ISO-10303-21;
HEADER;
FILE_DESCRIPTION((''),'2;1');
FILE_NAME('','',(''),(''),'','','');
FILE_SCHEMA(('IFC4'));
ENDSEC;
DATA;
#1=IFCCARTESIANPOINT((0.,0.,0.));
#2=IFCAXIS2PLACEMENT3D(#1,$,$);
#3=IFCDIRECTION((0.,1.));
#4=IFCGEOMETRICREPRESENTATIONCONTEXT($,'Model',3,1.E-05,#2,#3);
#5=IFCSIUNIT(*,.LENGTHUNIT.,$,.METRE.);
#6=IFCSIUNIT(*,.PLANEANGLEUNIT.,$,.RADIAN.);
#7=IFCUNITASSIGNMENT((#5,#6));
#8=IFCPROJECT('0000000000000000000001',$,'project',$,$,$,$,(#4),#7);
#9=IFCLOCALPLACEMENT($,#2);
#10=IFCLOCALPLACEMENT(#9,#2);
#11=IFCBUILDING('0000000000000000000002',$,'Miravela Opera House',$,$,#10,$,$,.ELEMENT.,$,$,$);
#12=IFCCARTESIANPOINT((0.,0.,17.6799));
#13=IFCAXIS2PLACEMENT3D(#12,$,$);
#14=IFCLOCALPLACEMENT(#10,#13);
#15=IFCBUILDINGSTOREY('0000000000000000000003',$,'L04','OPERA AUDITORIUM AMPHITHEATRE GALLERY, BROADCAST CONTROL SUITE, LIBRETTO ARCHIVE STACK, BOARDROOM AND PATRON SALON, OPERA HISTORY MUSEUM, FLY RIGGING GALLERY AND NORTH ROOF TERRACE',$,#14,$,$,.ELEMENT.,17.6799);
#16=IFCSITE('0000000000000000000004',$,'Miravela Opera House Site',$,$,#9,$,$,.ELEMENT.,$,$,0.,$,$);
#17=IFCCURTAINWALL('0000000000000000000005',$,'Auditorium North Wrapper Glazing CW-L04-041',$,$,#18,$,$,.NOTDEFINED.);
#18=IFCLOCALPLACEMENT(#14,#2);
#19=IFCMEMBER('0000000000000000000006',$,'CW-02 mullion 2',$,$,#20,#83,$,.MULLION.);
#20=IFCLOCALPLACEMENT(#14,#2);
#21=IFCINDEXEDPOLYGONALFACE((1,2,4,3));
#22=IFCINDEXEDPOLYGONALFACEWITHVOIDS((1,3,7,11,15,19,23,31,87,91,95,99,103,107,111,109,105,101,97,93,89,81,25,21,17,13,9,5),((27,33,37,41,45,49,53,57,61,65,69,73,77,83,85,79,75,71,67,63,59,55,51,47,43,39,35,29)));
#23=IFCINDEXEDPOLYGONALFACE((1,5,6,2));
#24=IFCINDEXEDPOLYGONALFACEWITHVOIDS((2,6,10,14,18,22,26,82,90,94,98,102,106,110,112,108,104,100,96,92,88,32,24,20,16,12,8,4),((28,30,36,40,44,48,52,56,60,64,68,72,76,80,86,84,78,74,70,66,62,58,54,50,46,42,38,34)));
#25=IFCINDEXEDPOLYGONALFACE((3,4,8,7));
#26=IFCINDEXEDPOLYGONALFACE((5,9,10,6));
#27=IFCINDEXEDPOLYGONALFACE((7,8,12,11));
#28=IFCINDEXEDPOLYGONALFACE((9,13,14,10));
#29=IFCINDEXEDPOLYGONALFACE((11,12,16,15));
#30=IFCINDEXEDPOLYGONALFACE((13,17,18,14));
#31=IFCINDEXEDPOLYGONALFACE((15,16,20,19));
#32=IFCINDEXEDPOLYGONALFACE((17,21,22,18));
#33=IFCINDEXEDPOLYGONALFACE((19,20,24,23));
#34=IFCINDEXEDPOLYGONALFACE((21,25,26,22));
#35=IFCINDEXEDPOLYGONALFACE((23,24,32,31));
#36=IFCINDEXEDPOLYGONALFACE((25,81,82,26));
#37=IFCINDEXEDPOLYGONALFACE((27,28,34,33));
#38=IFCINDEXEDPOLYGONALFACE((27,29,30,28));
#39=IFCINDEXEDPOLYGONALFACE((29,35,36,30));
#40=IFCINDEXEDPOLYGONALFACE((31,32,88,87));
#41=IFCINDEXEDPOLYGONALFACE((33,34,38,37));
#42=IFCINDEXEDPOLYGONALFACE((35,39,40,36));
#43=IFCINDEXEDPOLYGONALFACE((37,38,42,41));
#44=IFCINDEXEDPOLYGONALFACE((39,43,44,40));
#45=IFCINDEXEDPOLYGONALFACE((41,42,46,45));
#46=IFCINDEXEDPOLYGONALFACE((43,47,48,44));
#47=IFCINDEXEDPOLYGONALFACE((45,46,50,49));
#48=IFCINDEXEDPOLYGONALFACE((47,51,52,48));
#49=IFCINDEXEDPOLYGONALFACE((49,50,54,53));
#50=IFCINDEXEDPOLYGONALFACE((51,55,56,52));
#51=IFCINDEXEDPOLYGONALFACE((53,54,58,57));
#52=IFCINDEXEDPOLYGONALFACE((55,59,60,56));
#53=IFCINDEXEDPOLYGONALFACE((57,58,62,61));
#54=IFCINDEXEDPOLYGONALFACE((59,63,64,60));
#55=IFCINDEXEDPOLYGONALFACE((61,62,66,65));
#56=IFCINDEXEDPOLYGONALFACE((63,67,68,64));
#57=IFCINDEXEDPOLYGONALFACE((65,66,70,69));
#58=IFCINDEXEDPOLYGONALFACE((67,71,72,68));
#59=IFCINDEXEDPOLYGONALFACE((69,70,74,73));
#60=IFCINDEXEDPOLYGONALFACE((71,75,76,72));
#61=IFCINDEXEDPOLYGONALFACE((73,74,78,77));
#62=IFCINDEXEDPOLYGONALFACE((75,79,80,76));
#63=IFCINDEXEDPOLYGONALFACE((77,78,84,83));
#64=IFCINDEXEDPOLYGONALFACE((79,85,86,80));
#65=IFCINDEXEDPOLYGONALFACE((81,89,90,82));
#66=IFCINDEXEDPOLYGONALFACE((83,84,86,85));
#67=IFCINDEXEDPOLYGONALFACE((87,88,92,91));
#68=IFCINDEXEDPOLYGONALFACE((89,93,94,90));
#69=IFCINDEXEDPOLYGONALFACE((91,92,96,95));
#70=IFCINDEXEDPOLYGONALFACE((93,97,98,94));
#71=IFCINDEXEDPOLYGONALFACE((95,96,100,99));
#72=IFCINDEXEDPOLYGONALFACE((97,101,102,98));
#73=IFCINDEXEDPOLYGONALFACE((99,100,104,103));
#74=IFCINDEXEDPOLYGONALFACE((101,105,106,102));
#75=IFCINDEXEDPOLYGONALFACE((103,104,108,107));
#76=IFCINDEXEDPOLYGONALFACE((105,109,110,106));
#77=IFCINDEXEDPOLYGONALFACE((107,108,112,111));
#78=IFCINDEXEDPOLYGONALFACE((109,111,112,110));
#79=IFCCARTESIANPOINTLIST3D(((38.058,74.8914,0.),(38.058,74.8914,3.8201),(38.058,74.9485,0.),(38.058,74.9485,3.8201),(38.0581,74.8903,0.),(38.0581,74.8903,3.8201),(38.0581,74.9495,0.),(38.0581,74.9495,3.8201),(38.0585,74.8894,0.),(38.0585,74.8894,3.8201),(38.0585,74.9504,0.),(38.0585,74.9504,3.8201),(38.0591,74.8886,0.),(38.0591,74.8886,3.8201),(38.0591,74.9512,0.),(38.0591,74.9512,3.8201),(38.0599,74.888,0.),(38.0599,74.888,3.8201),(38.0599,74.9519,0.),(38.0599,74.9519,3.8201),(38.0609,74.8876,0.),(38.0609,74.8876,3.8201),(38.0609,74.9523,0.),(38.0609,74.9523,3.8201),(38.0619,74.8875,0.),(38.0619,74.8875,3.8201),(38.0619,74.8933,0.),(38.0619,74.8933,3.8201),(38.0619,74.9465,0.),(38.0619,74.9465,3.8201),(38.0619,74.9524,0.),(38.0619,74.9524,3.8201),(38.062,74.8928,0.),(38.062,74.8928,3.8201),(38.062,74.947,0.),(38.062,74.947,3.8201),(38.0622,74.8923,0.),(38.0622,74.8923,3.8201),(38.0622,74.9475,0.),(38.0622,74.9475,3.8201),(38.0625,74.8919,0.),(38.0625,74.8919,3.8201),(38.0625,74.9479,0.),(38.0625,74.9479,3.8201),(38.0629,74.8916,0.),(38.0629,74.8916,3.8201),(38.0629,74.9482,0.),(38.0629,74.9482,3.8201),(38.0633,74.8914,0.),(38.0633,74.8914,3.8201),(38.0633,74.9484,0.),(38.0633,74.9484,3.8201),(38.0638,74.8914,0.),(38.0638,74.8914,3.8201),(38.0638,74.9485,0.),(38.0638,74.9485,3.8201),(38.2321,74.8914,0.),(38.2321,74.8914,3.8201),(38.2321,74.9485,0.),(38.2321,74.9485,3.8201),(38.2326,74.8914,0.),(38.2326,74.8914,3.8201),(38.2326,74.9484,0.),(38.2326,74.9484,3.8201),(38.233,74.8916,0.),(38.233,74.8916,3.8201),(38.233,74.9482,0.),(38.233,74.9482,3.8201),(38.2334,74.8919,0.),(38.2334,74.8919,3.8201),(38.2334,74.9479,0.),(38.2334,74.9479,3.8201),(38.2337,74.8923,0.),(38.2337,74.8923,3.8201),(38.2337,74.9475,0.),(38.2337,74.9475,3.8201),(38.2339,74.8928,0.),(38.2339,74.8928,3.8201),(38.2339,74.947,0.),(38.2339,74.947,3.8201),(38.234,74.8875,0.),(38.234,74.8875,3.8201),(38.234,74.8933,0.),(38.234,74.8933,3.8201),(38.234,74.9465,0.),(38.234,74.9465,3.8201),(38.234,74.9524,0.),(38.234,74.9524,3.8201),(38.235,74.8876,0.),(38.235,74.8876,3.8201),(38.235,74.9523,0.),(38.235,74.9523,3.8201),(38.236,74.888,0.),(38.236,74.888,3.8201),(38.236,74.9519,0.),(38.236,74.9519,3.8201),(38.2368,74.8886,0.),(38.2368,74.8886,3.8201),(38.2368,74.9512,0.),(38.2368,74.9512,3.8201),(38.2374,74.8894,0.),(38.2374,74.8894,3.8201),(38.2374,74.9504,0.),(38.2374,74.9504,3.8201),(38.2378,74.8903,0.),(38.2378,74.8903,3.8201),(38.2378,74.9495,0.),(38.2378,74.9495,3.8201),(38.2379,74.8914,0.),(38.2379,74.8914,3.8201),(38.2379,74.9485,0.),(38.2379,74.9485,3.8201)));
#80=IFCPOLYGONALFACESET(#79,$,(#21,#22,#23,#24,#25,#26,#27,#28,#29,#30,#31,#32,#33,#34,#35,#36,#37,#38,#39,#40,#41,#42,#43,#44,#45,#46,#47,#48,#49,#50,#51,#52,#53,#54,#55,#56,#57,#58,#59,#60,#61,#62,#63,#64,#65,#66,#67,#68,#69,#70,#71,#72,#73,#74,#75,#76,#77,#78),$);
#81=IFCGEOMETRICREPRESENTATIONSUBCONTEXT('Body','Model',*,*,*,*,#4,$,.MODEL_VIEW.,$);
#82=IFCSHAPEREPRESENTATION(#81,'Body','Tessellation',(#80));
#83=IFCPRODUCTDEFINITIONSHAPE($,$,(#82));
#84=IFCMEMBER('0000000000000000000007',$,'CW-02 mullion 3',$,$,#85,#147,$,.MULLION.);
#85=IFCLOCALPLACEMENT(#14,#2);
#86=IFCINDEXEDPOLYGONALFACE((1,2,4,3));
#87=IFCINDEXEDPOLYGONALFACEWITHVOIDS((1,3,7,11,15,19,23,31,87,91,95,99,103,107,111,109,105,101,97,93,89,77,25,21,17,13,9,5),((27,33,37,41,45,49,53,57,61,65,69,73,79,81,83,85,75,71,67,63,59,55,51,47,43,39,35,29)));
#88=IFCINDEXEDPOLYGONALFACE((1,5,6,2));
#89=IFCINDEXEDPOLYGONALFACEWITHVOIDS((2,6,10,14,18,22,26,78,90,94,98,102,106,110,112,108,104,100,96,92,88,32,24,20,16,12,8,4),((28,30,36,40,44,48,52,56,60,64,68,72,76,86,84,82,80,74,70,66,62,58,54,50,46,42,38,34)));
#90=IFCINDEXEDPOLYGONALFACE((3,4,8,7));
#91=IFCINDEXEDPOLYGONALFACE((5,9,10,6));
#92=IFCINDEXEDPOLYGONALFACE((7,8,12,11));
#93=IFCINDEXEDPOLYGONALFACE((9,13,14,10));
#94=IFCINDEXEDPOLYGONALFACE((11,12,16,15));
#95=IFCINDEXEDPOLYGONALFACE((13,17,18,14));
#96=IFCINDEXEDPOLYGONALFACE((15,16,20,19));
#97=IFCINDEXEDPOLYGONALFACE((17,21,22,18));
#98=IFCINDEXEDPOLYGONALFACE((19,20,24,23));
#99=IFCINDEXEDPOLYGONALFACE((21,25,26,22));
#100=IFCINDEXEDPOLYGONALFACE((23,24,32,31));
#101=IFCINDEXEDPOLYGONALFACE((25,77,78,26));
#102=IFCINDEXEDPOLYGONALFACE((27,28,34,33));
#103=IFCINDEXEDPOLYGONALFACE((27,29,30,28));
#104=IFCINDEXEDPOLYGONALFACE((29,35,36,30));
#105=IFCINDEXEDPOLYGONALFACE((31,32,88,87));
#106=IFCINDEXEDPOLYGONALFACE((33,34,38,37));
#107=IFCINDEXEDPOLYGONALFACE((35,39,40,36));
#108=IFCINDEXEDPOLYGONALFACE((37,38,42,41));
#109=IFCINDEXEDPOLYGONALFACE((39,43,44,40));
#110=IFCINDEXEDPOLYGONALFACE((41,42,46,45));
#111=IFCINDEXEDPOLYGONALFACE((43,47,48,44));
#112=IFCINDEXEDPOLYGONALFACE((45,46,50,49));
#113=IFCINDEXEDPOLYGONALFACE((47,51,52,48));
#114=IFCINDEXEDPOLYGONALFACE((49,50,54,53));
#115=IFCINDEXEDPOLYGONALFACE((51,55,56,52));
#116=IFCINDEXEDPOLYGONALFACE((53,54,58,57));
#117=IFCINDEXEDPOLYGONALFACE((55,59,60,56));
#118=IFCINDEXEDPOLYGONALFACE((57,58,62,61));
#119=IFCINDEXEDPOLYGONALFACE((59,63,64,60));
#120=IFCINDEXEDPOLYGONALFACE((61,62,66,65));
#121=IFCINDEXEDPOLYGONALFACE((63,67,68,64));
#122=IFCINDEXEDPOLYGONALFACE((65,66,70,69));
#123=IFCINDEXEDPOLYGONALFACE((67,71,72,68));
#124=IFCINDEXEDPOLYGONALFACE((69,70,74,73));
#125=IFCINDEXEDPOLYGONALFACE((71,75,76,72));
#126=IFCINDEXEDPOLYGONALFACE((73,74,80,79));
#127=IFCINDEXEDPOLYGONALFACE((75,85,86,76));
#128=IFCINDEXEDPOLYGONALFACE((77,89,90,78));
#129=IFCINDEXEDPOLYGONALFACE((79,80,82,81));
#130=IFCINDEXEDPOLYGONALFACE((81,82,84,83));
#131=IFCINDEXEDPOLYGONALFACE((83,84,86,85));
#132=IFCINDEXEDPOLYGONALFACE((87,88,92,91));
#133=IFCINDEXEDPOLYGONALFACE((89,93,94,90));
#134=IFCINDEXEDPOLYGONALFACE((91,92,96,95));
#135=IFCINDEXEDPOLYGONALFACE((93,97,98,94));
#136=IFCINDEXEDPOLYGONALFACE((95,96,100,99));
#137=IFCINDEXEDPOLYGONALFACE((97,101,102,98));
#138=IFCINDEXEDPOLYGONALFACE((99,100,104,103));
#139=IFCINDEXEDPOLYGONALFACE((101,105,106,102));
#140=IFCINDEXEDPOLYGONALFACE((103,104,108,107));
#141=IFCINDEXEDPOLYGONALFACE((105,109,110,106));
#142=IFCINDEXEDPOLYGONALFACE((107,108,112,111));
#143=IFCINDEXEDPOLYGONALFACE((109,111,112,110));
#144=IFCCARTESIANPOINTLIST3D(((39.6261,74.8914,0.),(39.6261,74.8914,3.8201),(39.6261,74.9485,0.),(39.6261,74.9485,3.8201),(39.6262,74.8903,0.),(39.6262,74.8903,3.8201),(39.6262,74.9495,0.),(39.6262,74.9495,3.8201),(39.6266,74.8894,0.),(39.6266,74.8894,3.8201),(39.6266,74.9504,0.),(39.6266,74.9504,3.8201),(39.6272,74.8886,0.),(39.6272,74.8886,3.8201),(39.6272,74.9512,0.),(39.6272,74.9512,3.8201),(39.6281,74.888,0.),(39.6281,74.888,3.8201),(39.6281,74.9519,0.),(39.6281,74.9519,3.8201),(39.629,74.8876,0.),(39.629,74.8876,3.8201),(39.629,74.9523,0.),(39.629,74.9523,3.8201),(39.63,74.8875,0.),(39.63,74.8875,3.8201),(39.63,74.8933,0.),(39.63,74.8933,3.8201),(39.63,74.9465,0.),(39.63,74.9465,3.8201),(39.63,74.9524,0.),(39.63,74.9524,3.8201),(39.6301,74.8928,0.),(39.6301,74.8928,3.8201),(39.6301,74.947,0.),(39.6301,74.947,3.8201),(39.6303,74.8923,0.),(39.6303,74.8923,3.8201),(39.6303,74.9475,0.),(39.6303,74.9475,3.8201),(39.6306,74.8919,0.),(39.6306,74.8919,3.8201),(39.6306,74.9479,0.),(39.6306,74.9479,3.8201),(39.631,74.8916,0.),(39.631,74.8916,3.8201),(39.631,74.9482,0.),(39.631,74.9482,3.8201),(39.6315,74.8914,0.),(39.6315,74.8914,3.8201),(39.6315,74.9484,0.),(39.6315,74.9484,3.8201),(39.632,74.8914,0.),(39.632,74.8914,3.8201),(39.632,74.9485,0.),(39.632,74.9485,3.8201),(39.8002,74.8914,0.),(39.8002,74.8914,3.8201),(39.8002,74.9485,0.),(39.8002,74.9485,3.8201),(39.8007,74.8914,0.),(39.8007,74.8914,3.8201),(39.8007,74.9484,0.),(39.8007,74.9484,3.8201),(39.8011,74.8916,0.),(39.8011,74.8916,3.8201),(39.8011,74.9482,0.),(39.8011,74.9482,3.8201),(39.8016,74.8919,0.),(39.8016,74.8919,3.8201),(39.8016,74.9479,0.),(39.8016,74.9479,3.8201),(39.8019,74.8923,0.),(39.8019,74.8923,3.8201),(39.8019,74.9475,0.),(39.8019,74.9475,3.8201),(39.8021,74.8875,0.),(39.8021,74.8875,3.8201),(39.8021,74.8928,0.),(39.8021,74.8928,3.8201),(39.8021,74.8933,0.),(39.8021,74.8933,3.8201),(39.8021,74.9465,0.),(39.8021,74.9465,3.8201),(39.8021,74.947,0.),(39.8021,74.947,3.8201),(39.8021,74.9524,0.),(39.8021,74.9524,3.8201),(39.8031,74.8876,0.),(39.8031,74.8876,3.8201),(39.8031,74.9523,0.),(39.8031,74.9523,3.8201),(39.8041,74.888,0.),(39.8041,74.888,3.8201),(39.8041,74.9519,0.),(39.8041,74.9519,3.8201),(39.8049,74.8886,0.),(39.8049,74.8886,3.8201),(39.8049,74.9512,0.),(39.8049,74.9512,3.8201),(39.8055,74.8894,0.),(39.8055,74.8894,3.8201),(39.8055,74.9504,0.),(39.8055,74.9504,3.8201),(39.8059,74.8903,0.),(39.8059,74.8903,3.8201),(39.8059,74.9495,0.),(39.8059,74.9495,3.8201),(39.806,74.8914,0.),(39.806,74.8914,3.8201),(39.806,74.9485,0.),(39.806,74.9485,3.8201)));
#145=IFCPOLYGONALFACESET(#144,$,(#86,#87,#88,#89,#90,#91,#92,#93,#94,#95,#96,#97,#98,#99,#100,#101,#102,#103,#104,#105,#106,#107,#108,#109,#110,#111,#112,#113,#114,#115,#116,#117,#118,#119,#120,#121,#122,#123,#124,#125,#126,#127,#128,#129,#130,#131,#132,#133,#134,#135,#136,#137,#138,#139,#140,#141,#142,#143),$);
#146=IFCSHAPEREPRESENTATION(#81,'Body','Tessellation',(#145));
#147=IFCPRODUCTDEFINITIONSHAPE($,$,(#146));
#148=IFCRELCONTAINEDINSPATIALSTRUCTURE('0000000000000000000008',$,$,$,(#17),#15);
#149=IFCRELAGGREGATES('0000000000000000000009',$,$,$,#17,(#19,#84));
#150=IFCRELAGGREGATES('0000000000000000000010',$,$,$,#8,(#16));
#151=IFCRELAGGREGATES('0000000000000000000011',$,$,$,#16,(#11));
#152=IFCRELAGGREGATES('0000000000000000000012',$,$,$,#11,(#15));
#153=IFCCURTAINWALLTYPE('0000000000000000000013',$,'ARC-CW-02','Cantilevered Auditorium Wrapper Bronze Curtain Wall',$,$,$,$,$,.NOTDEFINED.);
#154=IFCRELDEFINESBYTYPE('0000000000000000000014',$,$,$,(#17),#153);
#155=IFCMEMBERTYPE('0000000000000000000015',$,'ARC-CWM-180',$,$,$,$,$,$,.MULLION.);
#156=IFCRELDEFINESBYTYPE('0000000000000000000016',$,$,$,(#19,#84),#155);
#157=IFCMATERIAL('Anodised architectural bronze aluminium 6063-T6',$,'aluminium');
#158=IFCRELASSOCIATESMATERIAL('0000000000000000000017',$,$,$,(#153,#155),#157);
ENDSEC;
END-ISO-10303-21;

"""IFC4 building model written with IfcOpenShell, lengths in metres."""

from ifc_helpers import new_model, si_unit, direction, frame, origin, origin_2d, place, context, subcontext, project, spatial, hollow_rectangle, extrude, material, material_profile, profile_set, type_object, element, aggregate, save


model = new_model("IFC4")

# Units and contexts
model_context = context("Model", 3, precision=1e-05, world=origin(), true_north=direction((0.0, 1.0)))
body_context = subcontext(model_context, "Body", "Model", "MODEL_VIEW")
ifc_project = project(units=[si_unit("LENGTHUNIT", "METRE"), si_unit("PLANEANGLEUNIT", "RADIAN")], contexts=[model_context])

# Site, building, storey
site_placement = place(None, origin())
site = spatial("IfcSite", under=ifc_project, at=site_placement, Name="Miravela Opera House Site", CompositionType="ELEMENT", RefElevation=0.0)
building_placement = place(site_placement, origin())
building = spatial("IfcBuilding", under=site, at=building_placement, Name="Miravela Opera House", CompositionType="ELEMENT")
storey_placement = place(building_placement, frame((0.0, 0.0, 17.6799)))
storey = spatial("IfcBuildingStorey", under=building, at=storey_placement, Name="L04", Description="OPERA AUDITORIUM AMPHITHEATRE GALLERY, BROADCAST CONTROL SUITE, LIBRETTO ARCHIVE STACK, BOARDROOM AND PATRON SALON, OPERA HISTORY MUSEUM, FLY RIGGING GALLERY AND NORTH ROOF TERRACE", CompositionType="ELEMENT", Elevation=17.6799)

# Curtain wall, members
ifc_material_1 = material(Name="Anodised architectural bronze aluminium 6063-T6", Category="aluminium")
curtain_wall_type = type_object("IfcCurtainWallType", Name="ARC-CW-02", Description="Cantilevered Auditorium Wrapper Bronze Curtain Wall", PredefinedType="NOTDEFINED", material=ifc_material_1)
curtain_wall_placement = place(storey_placement, origin())
curtain_wall = element("IfcCurtainWall", 1, at=curtain_wall_placement, inside=storey, type_object=curtain_wall_type, Name="Auditorium North Wrapper Glazing CW-L04-041", PredefinedType="NOTDEFINED")
ifc_material_profile_1 = material_profile(ifc_material_1, hollow_rectangle(XDim=0.0649, YDim=0.1799, WallThickness=0.0039, InnerFilletRadius=0.002, OuterFilletRadius=0.0039, at=origin_2d()), Name="CWM-65X180")
ifc_profile_set_1 = profile_set([ifc_material_profile_1])
member_type_1 = type_object("IfcMemberType", Name="ARC-CWM-180", PredefinedType="MULLION", material=ifc_profile_set_1)
member_1_placement = place(storey_placement, frame((38.1479, 74.9199, 0.0), z_axis=(0.0, 0.0, 1.0), x_axis=(0.0, 1.0, 0.0)))
member_1 = element("IfcMember", 2, at=member_1_placement, type_object=member_type_1, Name="CW-02 mullion 2", PredefinedType="MULLION", context=body_context, shape_type="SweptSolid", body=[
    extrude(hollow_rectangle(XDim=0.0649, YDim=0.1799, WallThickness=0.0039, InnerFilletRadius=0.002, OuterFilletRadius=0.0039, at=origin_2d()), origin(), (0.0, 0.0, 1.0), 3.8201),
])
member_2_placement = place(storey_placement, frame((39.7161, 74.9199, 0.0), z_axis=(0.0, 0.0, 1.0), x_axis=(0.0, 1.0, 0.0)))
member_2 = element("IfcMember", 3, at=member_2_placement, type_object=member_type_1, Name="CW-02 mullion 3", PredefinedType="MULLION", context=body_context, shape_type="SweptSolid", body=[
    extrude(hollow_rectangle(XDim=0.0649, YDim=0.1799, WallThickness=0.0039, InnerFilletRadius=0.002, OuterFilletRadius=0.0039, at=origin_2d()), origin(), (0.0, 0.0, 1.0), 3.8201),
])
aggregate(curtain_wall, [member_1, member_2])

save(model, "model.ifc")
